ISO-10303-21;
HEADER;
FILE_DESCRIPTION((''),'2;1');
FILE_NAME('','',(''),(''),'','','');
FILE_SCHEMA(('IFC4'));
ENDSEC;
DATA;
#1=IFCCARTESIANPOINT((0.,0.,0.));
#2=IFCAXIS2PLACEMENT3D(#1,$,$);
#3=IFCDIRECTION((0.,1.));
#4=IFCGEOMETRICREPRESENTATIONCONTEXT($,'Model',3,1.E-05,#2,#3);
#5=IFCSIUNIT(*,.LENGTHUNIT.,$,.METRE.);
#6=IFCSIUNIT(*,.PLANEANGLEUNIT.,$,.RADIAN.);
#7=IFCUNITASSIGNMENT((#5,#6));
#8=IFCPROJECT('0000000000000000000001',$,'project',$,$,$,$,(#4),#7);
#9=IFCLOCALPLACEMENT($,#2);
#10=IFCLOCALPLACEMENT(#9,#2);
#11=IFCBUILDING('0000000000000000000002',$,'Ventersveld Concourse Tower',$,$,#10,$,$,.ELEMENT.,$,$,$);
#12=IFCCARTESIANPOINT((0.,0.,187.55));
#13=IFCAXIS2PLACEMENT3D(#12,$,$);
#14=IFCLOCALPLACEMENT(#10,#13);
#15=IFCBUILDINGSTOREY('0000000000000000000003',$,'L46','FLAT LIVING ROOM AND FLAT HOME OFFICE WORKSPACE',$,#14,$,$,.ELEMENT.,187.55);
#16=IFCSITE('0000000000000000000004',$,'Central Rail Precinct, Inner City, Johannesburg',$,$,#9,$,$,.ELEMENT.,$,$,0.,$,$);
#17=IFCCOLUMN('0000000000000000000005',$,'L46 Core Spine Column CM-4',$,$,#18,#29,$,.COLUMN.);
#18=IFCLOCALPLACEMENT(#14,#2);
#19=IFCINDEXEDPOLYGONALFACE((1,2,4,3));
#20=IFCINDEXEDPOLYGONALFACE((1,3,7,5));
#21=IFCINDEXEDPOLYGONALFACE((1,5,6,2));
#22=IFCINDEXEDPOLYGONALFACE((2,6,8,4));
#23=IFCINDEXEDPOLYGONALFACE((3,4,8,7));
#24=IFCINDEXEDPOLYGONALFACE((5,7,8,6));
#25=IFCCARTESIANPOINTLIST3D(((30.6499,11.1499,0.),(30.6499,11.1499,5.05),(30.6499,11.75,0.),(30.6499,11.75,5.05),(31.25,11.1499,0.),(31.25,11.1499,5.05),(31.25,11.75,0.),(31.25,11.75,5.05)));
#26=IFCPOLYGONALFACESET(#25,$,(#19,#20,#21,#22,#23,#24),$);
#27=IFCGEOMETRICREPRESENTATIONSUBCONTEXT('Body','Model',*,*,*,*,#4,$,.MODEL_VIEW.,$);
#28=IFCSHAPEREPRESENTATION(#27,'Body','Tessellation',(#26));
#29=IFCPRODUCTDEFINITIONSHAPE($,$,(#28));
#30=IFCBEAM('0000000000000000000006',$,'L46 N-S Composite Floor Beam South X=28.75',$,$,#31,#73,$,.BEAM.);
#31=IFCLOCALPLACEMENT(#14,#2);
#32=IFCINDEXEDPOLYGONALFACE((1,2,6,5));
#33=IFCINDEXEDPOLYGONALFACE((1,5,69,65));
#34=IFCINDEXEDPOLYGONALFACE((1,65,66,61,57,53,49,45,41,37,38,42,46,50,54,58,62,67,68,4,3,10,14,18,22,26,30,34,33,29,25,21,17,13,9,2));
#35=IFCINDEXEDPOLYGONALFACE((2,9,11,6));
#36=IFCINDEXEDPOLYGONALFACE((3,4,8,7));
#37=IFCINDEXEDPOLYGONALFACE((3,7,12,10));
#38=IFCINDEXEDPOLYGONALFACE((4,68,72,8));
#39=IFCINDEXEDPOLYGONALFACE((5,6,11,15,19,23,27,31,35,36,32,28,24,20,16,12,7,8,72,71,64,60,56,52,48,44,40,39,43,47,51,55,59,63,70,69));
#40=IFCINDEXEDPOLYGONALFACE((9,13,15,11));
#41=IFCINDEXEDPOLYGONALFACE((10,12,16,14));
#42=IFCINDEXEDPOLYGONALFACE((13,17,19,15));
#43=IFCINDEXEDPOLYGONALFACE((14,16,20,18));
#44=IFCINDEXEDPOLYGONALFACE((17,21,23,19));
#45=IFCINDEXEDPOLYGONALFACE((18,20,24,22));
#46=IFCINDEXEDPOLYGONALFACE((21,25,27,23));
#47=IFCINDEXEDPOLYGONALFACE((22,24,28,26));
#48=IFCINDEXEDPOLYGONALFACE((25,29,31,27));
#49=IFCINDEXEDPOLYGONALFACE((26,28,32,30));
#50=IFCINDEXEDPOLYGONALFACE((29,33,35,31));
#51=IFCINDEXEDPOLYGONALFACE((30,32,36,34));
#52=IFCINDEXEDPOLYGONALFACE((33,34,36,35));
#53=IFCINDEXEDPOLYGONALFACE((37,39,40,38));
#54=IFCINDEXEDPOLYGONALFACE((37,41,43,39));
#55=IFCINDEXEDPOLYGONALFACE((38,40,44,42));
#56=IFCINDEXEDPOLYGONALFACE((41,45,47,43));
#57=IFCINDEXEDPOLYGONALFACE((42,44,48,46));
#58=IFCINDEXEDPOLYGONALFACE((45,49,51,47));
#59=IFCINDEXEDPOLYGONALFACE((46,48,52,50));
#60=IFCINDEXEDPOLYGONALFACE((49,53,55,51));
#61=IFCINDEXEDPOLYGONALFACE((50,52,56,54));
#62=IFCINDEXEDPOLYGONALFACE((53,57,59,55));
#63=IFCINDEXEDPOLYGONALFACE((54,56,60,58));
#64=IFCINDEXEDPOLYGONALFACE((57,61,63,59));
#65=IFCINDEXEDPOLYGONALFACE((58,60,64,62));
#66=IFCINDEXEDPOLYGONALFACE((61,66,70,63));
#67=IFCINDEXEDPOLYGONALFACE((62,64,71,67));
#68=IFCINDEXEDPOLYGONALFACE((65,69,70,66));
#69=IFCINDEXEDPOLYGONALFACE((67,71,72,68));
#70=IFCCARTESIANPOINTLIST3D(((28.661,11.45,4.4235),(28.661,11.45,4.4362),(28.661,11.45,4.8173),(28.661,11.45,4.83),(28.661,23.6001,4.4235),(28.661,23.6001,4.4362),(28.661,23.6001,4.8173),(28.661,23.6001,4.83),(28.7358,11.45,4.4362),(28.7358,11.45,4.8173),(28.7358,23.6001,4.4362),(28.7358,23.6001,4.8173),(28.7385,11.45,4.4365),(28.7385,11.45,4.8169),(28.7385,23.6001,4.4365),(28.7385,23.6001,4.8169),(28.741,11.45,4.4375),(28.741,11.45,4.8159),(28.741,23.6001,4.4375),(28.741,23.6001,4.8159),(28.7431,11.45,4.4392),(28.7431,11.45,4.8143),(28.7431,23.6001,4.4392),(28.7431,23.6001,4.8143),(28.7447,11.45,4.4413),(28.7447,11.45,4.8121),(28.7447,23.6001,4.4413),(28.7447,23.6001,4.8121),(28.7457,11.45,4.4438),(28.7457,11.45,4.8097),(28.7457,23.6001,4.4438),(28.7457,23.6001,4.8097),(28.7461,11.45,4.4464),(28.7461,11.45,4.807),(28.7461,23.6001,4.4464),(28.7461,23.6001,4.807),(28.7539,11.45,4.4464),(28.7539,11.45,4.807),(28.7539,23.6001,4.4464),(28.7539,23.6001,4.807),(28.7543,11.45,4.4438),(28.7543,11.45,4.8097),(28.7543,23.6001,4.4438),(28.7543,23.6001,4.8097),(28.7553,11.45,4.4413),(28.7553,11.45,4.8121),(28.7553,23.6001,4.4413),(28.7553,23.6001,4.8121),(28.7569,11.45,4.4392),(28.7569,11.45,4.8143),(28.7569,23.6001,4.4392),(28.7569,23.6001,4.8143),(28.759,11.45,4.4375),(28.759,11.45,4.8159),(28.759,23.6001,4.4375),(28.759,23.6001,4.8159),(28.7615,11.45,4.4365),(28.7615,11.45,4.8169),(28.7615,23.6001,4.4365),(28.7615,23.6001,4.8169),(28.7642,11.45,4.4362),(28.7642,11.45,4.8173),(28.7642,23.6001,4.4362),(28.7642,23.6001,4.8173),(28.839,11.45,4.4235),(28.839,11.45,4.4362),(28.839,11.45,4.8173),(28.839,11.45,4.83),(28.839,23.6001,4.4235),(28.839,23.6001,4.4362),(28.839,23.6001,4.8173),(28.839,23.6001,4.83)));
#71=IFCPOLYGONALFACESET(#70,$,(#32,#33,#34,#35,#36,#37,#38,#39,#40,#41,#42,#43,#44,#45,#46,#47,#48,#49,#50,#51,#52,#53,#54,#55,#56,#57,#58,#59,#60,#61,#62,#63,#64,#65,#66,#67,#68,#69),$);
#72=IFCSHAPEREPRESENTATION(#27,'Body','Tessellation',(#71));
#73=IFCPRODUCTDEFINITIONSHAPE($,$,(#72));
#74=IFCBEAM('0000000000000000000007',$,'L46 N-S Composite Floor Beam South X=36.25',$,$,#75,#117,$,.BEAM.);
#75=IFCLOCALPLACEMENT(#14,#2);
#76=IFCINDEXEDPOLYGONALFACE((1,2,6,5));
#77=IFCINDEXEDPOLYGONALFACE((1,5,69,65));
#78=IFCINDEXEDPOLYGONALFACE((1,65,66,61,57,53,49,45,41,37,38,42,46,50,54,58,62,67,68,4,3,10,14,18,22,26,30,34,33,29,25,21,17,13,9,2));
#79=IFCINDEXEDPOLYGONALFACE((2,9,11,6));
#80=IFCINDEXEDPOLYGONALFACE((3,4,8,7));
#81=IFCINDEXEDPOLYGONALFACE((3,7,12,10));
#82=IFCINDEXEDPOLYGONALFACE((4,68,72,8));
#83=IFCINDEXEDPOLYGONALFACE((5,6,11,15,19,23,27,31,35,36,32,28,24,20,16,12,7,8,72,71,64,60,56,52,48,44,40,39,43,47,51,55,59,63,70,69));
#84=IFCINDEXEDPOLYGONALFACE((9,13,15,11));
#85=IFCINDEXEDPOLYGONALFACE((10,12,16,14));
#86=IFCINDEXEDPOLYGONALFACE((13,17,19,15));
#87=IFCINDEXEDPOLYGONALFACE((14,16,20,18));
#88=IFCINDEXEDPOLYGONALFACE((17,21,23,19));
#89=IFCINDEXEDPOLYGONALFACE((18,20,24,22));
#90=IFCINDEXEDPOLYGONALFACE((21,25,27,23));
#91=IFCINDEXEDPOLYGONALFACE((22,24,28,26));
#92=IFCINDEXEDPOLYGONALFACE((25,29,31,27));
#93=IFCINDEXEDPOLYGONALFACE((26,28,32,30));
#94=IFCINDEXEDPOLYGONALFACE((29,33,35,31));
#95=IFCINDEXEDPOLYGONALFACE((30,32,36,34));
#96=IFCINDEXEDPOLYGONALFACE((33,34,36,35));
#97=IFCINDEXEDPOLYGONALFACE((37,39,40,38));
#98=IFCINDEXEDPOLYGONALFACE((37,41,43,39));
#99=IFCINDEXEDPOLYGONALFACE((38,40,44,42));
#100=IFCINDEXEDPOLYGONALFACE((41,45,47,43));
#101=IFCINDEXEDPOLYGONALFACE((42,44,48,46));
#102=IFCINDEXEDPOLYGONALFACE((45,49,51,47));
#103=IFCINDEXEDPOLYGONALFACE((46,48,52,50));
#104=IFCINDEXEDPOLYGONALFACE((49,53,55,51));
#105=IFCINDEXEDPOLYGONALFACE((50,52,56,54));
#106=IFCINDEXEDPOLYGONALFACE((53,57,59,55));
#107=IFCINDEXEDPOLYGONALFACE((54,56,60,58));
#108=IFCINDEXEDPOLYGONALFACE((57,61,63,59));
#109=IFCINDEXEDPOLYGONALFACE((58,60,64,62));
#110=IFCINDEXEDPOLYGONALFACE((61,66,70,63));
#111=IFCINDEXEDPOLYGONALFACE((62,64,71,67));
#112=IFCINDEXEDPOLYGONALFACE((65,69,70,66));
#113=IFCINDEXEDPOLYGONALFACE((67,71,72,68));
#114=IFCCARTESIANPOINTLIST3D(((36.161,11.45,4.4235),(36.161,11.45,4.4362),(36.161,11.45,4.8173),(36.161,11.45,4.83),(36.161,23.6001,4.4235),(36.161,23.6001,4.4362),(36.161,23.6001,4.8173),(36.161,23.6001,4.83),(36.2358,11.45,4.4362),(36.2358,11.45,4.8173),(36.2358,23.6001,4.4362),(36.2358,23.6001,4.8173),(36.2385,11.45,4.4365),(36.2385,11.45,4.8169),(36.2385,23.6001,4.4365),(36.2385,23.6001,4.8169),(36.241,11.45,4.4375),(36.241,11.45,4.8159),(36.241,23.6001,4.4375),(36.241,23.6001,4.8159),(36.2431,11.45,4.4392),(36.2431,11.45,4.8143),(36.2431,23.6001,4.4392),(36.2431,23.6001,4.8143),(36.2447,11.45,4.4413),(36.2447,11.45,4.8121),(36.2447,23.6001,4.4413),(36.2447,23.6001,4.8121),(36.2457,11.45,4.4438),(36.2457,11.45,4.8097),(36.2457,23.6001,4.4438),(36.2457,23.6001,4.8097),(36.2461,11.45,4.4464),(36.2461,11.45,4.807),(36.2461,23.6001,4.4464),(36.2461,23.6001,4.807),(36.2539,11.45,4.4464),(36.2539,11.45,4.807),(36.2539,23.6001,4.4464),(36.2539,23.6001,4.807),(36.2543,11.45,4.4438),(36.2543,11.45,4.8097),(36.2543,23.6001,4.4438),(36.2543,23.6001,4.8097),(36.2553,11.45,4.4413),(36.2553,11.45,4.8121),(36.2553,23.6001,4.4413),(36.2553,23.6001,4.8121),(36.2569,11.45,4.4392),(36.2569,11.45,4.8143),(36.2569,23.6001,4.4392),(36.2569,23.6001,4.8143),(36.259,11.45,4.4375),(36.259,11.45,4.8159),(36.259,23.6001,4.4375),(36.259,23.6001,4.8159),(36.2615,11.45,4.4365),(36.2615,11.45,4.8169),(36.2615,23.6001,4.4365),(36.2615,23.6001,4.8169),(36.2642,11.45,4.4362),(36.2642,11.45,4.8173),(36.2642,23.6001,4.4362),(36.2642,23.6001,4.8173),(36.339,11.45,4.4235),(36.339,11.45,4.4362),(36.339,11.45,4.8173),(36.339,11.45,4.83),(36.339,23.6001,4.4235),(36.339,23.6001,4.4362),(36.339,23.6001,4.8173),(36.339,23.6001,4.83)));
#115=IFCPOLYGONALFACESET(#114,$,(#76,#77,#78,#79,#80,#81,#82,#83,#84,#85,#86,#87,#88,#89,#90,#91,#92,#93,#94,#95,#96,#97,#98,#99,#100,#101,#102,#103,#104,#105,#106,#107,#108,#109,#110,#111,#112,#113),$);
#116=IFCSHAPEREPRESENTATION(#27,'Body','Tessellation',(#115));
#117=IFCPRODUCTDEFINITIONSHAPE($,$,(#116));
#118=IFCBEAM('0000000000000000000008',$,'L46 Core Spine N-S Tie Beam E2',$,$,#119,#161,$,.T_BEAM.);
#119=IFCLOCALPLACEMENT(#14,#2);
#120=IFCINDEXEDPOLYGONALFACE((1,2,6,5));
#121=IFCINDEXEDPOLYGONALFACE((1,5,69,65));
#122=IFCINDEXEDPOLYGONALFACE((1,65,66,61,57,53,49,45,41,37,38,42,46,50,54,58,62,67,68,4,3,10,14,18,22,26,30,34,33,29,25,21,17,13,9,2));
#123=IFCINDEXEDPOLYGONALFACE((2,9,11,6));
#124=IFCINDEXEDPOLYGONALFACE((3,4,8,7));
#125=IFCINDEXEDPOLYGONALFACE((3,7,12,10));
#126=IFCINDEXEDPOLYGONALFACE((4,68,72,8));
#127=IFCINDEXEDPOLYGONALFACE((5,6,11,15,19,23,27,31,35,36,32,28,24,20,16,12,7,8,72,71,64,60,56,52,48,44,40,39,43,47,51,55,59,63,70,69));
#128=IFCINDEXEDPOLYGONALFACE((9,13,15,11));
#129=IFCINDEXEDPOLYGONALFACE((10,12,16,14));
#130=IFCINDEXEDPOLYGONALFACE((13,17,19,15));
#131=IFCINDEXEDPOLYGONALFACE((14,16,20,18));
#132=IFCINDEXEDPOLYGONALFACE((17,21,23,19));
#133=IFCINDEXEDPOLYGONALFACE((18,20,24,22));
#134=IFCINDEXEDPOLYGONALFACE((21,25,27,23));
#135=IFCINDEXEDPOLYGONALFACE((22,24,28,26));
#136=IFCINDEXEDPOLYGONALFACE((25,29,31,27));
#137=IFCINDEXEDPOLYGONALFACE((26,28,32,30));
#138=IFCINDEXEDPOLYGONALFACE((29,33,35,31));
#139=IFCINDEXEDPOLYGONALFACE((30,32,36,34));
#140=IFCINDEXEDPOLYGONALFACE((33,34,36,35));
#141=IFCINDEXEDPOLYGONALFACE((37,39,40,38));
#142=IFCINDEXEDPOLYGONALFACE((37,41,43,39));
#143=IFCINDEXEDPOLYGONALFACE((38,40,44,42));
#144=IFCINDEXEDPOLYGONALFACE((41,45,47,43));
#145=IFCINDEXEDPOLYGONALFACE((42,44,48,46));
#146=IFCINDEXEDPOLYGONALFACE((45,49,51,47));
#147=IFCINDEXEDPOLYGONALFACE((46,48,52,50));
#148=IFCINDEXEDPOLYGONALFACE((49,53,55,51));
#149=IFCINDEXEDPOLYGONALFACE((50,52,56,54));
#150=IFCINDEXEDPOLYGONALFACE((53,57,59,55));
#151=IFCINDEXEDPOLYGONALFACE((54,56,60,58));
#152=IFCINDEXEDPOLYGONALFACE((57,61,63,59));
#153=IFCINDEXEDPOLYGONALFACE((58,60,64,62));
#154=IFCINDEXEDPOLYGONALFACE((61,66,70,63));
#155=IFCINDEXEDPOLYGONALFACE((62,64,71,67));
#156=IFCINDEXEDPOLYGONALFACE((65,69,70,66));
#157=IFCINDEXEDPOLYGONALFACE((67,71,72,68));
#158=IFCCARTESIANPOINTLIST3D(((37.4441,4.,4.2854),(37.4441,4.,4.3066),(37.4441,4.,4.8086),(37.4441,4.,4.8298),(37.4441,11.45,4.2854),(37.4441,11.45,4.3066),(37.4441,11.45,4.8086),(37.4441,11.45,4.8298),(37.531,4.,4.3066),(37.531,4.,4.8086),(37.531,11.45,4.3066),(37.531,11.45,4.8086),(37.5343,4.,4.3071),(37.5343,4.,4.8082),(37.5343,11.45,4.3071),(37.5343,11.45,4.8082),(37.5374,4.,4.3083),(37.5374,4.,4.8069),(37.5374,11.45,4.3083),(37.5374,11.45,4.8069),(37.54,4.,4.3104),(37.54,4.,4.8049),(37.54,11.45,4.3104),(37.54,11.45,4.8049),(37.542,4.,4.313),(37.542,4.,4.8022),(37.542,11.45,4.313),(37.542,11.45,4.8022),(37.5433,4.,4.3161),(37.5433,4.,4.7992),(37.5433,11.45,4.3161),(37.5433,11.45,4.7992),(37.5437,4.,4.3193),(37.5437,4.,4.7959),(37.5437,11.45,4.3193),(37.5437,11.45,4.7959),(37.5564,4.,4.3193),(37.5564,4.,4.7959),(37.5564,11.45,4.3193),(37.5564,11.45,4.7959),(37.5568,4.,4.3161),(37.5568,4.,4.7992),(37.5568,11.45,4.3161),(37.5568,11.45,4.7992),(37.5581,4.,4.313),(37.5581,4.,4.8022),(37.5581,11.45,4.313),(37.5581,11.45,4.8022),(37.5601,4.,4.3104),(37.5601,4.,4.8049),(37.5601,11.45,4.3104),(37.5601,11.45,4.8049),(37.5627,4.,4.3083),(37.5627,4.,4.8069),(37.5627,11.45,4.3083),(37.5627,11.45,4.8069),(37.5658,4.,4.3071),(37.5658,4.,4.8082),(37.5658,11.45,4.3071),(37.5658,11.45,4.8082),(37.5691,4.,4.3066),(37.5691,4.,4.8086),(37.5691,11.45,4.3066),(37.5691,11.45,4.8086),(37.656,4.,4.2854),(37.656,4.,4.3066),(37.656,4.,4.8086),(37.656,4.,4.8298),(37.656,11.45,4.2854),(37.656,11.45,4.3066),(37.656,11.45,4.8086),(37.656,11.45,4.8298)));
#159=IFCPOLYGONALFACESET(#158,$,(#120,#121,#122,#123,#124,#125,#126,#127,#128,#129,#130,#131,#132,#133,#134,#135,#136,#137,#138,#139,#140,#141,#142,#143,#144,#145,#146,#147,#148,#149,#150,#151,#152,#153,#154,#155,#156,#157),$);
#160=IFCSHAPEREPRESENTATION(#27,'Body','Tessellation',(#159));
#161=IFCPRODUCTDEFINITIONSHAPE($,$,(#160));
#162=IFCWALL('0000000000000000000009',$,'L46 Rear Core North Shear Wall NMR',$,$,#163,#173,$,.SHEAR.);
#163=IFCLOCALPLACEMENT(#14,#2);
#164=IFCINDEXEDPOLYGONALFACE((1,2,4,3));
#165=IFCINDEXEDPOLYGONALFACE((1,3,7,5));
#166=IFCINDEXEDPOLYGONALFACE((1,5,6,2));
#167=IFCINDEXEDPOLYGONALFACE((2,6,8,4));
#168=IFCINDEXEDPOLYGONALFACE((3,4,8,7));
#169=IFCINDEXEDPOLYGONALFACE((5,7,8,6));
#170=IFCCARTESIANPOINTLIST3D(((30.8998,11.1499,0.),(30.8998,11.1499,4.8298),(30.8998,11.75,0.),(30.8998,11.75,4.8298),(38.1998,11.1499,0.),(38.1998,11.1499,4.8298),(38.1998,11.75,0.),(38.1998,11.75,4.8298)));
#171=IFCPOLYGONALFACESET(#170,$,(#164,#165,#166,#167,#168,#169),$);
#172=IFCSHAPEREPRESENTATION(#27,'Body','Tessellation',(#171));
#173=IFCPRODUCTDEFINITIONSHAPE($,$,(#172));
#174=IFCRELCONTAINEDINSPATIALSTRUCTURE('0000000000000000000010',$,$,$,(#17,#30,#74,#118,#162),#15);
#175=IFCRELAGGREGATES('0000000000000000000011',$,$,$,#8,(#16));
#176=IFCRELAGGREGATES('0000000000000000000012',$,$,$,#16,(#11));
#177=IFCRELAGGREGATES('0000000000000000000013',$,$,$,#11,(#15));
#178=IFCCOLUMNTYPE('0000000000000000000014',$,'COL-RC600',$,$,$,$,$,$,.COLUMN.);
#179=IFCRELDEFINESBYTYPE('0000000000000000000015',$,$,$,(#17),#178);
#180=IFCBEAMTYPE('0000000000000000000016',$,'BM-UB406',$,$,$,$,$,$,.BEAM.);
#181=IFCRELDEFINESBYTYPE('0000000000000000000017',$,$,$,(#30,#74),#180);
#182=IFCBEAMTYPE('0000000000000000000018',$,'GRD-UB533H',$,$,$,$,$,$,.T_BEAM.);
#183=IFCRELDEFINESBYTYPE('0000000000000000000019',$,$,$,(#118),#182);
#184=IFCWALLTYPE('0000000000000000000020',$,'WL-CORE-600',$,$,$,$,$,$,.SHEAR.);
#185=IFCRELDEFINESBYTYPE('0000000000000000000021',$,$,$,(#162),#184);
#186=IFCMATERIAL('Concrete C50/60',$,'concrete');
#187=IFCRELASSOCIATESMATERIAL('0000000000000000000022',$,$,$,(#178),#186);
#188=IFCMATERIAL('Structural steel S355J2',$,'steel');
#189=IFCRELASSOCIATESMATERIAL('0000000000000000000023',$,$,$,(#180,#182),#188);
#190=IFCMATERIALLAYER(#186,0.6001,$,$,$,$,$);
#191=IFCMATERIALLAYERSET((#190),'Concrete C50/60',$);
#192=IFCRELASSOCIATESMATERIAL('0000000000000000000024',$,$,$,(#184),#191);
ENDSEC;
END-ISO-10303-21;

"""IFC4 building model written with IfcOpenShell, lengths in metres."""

from ifc_helpers import new_model, si_unit, direction, frame, frame_2d, origin, origin_2d, place, context, subcontext, project, spatial, rectangle, i_section, extrude, material, layer, layer_set, material_profile, profile_set, type_object, element, save


model = new_model("IFC4")

# Units and contexts
model_context = context("Model", 3, precision=1e-05, world=origin(), true_north=direction((0.0, 1.0)))
body_context = subcontext(model_context, "Body", "Model", "MODEL_VIEW")
ifc_project = project(units=[si_unit("LENGTHUNIT", "METRE"), si_unit("PLANEANGLEUNIT", "RADIAN")], contexts=[model_context])

# Site, building, storey
site_placement = place(None, origin())
site = spatial("IfcSite", under=ifc_project, at=site_placement, Name="Central Rail Precinct, Inner City, Johannesburg", CompositionType="ELEMENT", RefElevation=0.0)
building_placement = place(site_placement, origin())
building = spatial("IfcBuilding", under=site, at=building_placement, Name="Ventersveld Concourse Tower", CompositionType="ELEMENT")
storey_placement = place(building_placement, frame((0.0, 0.0, 187.55)))
storey = spatial("IfcBuildingStorey", under=building, at=storey_placement, Name="L46", Description="FLAT LIVING ROOM AND FLAT HOME OFFICE WORKSPACE", CompositionType="ELEMENT", Elevation=187.55)

# Column
ifc_material_1 = material(Name="Concrete C50/60", Category="concrete")
ifc_material_profile_1 = material_profile(ifc_material_1, rectangle(XDim=0.6001, YDim=0.6001, at=origin_2d()), Name="RC 600x600")
ifc_profile_set_1 = profile_set([ifc_material_profile_1], Name="Concrete C50/60")
column_type = type_object("IfcColumnType", Name="COL-RC600", PredefinedType="COLUMN", material=ifc_profile_set_1)
column_placement = place(storey_placement, frame((30.95, 11.45, 0.0), z_axis=(0.0, 0.0, 1.0), x_axis=(1.0, 0.0, 0.0)))
element("IfcColumn", 1, at=column_placement, inside=storey, type_object=column_type, Name="L46 Core Spine Column CM-4", PredefinedType="COLUMN", context=body_context, shape_type="SweptSolid", body=[
    extrude(rectangle(XDim=0.6001, YDim=0.6001, at=origin_2d()), origin(), (0.0, 0.0, 1.0), 5.05),
])

# Beams
ifc_material_2 = material(Name="Structural steel S355J2", Category="steel")
ifc_material_profile_2 = material_profile(ifc_material_2, i_section(OverallWidth=0.178, OverallDepth=0.4065, WebThickness=0.0078, FlangeThickness=0.0127, FilletRadius=0.0103, at=origin_2d()), Name="UB 406x178x60")
ifc_profile_set_2 = profile_set([ifc_material_profile_2], Name="Structural steel S355J2")
beam_type_1 = type_object("IfcBeamType", Name="BM-UB406", PredefinedType="BEAM", material=ifc_profile_set_2)
for number, where, z_axis, x_axis, name in (
    (2, (28.75, 11.45, 4.6267), (0.0, 1.0, 0.0), (-1.0, 0.0, 0.0), "L46 N-S Composite Floor Beam South X=28.75"),
    (3, (36.25, 11.45, 4.6267), (0.0, 1.0, 0.0), (-1.0, 0.0, 0.0), "L46 N-S Composite Floor Beam South X=36.25"),
):
    element("IfcBeam", number, at=place(storey_placement, frame(where, z_axis=z_axis, x_axis=x_axis)), inside=storey, type_object=beam_type_1, Name=name, PredefinedType="BEAM", context=body_context, shape_type="SweptSolid", body=[
        extrude(i_section(OverallWidth=0.178, OverallDepth=0.4065, WebThickness=0.0078, FlangeThickness=0.0127, FilletRadius=0.0103, at=origin_2d()), origin(), (0.0, 0.0, 1.0), 12.1501),
    ])
ifc_material_profile_3 = material_profile(ifc_material_2, i_section(OverallWidth=0.2119, OverallDepth=0.5444, WebThickness=0.0127, FlangeThickness=0.0212, FilletRadius=0.0127, at=origin_2d()), Name="UB 533x210x122")
ifc_profile_set_3 = profile_set([ifc_material_profile_3], Name="Structural steel S355J2")
beam_type_2 = type_object("IfcBeamType", Name="GRD-UB533H", PredefinedType="T_BEAM", material=ifc_profile_set_3)
beam_placement = place(storey_placement, frame((37.55, 4.0, 4.5576), z_axis=(0.0, 1.0, 0.0), x_axis=(-1.0, 0.0, 0.0)))
element("IfcBeam", 4, at=beam_placement, inside=storey, type_object=beam_type_2, Name="L46 Core Spine N-S Tie Beam E2", PredefinedType="T_BEAM", context=body_context, shape_type="SweptSolid", body=[
    extrude(i_section(OverallWidth=0.2119, OverallDepth=0.5444, WebThickness=0.0127, FlangeThickness=0.0212, FilletRadius=0.0127, at=origin_2d()), origin(), (0.0, 0.0, 1.0), 7.45),
])

# Wall
ifc_layer_1 = layer(ifc_material_1, 0.6001)
ifc_layer_set_1 = layer_set([ifc_layer_1], Name="Concrete C50/60")
wall_type_1 = type_object("IfcWallType", Name="WL-CORE-600", PredefinedType="SHEAR", material=ifc_layer_set_1)
wall_1_placement = place(storey_placement, frame((30.8999, 11.45, 0.0), z_axis=(0.0, 0.0, 1.0), x_axis=(1.0, 0.0, 0.0)))
element("IfcWall", 5, at=wall_1_placement, inside=storey, type_object=wall_type_1, Name="L46 Rear Core North Shear Wall NMR", PredefinedType="SHEAR", context=body_context, shape_type="SweptSolid", body=[
    extrude(rectangle(XDim=7.3, YDim=0.6001, at=frame_2d((3.6499, 0.0))), origin(), (0.0, 0.0, 1.0), 4.8298),
])

save(model, "model.ifc")
